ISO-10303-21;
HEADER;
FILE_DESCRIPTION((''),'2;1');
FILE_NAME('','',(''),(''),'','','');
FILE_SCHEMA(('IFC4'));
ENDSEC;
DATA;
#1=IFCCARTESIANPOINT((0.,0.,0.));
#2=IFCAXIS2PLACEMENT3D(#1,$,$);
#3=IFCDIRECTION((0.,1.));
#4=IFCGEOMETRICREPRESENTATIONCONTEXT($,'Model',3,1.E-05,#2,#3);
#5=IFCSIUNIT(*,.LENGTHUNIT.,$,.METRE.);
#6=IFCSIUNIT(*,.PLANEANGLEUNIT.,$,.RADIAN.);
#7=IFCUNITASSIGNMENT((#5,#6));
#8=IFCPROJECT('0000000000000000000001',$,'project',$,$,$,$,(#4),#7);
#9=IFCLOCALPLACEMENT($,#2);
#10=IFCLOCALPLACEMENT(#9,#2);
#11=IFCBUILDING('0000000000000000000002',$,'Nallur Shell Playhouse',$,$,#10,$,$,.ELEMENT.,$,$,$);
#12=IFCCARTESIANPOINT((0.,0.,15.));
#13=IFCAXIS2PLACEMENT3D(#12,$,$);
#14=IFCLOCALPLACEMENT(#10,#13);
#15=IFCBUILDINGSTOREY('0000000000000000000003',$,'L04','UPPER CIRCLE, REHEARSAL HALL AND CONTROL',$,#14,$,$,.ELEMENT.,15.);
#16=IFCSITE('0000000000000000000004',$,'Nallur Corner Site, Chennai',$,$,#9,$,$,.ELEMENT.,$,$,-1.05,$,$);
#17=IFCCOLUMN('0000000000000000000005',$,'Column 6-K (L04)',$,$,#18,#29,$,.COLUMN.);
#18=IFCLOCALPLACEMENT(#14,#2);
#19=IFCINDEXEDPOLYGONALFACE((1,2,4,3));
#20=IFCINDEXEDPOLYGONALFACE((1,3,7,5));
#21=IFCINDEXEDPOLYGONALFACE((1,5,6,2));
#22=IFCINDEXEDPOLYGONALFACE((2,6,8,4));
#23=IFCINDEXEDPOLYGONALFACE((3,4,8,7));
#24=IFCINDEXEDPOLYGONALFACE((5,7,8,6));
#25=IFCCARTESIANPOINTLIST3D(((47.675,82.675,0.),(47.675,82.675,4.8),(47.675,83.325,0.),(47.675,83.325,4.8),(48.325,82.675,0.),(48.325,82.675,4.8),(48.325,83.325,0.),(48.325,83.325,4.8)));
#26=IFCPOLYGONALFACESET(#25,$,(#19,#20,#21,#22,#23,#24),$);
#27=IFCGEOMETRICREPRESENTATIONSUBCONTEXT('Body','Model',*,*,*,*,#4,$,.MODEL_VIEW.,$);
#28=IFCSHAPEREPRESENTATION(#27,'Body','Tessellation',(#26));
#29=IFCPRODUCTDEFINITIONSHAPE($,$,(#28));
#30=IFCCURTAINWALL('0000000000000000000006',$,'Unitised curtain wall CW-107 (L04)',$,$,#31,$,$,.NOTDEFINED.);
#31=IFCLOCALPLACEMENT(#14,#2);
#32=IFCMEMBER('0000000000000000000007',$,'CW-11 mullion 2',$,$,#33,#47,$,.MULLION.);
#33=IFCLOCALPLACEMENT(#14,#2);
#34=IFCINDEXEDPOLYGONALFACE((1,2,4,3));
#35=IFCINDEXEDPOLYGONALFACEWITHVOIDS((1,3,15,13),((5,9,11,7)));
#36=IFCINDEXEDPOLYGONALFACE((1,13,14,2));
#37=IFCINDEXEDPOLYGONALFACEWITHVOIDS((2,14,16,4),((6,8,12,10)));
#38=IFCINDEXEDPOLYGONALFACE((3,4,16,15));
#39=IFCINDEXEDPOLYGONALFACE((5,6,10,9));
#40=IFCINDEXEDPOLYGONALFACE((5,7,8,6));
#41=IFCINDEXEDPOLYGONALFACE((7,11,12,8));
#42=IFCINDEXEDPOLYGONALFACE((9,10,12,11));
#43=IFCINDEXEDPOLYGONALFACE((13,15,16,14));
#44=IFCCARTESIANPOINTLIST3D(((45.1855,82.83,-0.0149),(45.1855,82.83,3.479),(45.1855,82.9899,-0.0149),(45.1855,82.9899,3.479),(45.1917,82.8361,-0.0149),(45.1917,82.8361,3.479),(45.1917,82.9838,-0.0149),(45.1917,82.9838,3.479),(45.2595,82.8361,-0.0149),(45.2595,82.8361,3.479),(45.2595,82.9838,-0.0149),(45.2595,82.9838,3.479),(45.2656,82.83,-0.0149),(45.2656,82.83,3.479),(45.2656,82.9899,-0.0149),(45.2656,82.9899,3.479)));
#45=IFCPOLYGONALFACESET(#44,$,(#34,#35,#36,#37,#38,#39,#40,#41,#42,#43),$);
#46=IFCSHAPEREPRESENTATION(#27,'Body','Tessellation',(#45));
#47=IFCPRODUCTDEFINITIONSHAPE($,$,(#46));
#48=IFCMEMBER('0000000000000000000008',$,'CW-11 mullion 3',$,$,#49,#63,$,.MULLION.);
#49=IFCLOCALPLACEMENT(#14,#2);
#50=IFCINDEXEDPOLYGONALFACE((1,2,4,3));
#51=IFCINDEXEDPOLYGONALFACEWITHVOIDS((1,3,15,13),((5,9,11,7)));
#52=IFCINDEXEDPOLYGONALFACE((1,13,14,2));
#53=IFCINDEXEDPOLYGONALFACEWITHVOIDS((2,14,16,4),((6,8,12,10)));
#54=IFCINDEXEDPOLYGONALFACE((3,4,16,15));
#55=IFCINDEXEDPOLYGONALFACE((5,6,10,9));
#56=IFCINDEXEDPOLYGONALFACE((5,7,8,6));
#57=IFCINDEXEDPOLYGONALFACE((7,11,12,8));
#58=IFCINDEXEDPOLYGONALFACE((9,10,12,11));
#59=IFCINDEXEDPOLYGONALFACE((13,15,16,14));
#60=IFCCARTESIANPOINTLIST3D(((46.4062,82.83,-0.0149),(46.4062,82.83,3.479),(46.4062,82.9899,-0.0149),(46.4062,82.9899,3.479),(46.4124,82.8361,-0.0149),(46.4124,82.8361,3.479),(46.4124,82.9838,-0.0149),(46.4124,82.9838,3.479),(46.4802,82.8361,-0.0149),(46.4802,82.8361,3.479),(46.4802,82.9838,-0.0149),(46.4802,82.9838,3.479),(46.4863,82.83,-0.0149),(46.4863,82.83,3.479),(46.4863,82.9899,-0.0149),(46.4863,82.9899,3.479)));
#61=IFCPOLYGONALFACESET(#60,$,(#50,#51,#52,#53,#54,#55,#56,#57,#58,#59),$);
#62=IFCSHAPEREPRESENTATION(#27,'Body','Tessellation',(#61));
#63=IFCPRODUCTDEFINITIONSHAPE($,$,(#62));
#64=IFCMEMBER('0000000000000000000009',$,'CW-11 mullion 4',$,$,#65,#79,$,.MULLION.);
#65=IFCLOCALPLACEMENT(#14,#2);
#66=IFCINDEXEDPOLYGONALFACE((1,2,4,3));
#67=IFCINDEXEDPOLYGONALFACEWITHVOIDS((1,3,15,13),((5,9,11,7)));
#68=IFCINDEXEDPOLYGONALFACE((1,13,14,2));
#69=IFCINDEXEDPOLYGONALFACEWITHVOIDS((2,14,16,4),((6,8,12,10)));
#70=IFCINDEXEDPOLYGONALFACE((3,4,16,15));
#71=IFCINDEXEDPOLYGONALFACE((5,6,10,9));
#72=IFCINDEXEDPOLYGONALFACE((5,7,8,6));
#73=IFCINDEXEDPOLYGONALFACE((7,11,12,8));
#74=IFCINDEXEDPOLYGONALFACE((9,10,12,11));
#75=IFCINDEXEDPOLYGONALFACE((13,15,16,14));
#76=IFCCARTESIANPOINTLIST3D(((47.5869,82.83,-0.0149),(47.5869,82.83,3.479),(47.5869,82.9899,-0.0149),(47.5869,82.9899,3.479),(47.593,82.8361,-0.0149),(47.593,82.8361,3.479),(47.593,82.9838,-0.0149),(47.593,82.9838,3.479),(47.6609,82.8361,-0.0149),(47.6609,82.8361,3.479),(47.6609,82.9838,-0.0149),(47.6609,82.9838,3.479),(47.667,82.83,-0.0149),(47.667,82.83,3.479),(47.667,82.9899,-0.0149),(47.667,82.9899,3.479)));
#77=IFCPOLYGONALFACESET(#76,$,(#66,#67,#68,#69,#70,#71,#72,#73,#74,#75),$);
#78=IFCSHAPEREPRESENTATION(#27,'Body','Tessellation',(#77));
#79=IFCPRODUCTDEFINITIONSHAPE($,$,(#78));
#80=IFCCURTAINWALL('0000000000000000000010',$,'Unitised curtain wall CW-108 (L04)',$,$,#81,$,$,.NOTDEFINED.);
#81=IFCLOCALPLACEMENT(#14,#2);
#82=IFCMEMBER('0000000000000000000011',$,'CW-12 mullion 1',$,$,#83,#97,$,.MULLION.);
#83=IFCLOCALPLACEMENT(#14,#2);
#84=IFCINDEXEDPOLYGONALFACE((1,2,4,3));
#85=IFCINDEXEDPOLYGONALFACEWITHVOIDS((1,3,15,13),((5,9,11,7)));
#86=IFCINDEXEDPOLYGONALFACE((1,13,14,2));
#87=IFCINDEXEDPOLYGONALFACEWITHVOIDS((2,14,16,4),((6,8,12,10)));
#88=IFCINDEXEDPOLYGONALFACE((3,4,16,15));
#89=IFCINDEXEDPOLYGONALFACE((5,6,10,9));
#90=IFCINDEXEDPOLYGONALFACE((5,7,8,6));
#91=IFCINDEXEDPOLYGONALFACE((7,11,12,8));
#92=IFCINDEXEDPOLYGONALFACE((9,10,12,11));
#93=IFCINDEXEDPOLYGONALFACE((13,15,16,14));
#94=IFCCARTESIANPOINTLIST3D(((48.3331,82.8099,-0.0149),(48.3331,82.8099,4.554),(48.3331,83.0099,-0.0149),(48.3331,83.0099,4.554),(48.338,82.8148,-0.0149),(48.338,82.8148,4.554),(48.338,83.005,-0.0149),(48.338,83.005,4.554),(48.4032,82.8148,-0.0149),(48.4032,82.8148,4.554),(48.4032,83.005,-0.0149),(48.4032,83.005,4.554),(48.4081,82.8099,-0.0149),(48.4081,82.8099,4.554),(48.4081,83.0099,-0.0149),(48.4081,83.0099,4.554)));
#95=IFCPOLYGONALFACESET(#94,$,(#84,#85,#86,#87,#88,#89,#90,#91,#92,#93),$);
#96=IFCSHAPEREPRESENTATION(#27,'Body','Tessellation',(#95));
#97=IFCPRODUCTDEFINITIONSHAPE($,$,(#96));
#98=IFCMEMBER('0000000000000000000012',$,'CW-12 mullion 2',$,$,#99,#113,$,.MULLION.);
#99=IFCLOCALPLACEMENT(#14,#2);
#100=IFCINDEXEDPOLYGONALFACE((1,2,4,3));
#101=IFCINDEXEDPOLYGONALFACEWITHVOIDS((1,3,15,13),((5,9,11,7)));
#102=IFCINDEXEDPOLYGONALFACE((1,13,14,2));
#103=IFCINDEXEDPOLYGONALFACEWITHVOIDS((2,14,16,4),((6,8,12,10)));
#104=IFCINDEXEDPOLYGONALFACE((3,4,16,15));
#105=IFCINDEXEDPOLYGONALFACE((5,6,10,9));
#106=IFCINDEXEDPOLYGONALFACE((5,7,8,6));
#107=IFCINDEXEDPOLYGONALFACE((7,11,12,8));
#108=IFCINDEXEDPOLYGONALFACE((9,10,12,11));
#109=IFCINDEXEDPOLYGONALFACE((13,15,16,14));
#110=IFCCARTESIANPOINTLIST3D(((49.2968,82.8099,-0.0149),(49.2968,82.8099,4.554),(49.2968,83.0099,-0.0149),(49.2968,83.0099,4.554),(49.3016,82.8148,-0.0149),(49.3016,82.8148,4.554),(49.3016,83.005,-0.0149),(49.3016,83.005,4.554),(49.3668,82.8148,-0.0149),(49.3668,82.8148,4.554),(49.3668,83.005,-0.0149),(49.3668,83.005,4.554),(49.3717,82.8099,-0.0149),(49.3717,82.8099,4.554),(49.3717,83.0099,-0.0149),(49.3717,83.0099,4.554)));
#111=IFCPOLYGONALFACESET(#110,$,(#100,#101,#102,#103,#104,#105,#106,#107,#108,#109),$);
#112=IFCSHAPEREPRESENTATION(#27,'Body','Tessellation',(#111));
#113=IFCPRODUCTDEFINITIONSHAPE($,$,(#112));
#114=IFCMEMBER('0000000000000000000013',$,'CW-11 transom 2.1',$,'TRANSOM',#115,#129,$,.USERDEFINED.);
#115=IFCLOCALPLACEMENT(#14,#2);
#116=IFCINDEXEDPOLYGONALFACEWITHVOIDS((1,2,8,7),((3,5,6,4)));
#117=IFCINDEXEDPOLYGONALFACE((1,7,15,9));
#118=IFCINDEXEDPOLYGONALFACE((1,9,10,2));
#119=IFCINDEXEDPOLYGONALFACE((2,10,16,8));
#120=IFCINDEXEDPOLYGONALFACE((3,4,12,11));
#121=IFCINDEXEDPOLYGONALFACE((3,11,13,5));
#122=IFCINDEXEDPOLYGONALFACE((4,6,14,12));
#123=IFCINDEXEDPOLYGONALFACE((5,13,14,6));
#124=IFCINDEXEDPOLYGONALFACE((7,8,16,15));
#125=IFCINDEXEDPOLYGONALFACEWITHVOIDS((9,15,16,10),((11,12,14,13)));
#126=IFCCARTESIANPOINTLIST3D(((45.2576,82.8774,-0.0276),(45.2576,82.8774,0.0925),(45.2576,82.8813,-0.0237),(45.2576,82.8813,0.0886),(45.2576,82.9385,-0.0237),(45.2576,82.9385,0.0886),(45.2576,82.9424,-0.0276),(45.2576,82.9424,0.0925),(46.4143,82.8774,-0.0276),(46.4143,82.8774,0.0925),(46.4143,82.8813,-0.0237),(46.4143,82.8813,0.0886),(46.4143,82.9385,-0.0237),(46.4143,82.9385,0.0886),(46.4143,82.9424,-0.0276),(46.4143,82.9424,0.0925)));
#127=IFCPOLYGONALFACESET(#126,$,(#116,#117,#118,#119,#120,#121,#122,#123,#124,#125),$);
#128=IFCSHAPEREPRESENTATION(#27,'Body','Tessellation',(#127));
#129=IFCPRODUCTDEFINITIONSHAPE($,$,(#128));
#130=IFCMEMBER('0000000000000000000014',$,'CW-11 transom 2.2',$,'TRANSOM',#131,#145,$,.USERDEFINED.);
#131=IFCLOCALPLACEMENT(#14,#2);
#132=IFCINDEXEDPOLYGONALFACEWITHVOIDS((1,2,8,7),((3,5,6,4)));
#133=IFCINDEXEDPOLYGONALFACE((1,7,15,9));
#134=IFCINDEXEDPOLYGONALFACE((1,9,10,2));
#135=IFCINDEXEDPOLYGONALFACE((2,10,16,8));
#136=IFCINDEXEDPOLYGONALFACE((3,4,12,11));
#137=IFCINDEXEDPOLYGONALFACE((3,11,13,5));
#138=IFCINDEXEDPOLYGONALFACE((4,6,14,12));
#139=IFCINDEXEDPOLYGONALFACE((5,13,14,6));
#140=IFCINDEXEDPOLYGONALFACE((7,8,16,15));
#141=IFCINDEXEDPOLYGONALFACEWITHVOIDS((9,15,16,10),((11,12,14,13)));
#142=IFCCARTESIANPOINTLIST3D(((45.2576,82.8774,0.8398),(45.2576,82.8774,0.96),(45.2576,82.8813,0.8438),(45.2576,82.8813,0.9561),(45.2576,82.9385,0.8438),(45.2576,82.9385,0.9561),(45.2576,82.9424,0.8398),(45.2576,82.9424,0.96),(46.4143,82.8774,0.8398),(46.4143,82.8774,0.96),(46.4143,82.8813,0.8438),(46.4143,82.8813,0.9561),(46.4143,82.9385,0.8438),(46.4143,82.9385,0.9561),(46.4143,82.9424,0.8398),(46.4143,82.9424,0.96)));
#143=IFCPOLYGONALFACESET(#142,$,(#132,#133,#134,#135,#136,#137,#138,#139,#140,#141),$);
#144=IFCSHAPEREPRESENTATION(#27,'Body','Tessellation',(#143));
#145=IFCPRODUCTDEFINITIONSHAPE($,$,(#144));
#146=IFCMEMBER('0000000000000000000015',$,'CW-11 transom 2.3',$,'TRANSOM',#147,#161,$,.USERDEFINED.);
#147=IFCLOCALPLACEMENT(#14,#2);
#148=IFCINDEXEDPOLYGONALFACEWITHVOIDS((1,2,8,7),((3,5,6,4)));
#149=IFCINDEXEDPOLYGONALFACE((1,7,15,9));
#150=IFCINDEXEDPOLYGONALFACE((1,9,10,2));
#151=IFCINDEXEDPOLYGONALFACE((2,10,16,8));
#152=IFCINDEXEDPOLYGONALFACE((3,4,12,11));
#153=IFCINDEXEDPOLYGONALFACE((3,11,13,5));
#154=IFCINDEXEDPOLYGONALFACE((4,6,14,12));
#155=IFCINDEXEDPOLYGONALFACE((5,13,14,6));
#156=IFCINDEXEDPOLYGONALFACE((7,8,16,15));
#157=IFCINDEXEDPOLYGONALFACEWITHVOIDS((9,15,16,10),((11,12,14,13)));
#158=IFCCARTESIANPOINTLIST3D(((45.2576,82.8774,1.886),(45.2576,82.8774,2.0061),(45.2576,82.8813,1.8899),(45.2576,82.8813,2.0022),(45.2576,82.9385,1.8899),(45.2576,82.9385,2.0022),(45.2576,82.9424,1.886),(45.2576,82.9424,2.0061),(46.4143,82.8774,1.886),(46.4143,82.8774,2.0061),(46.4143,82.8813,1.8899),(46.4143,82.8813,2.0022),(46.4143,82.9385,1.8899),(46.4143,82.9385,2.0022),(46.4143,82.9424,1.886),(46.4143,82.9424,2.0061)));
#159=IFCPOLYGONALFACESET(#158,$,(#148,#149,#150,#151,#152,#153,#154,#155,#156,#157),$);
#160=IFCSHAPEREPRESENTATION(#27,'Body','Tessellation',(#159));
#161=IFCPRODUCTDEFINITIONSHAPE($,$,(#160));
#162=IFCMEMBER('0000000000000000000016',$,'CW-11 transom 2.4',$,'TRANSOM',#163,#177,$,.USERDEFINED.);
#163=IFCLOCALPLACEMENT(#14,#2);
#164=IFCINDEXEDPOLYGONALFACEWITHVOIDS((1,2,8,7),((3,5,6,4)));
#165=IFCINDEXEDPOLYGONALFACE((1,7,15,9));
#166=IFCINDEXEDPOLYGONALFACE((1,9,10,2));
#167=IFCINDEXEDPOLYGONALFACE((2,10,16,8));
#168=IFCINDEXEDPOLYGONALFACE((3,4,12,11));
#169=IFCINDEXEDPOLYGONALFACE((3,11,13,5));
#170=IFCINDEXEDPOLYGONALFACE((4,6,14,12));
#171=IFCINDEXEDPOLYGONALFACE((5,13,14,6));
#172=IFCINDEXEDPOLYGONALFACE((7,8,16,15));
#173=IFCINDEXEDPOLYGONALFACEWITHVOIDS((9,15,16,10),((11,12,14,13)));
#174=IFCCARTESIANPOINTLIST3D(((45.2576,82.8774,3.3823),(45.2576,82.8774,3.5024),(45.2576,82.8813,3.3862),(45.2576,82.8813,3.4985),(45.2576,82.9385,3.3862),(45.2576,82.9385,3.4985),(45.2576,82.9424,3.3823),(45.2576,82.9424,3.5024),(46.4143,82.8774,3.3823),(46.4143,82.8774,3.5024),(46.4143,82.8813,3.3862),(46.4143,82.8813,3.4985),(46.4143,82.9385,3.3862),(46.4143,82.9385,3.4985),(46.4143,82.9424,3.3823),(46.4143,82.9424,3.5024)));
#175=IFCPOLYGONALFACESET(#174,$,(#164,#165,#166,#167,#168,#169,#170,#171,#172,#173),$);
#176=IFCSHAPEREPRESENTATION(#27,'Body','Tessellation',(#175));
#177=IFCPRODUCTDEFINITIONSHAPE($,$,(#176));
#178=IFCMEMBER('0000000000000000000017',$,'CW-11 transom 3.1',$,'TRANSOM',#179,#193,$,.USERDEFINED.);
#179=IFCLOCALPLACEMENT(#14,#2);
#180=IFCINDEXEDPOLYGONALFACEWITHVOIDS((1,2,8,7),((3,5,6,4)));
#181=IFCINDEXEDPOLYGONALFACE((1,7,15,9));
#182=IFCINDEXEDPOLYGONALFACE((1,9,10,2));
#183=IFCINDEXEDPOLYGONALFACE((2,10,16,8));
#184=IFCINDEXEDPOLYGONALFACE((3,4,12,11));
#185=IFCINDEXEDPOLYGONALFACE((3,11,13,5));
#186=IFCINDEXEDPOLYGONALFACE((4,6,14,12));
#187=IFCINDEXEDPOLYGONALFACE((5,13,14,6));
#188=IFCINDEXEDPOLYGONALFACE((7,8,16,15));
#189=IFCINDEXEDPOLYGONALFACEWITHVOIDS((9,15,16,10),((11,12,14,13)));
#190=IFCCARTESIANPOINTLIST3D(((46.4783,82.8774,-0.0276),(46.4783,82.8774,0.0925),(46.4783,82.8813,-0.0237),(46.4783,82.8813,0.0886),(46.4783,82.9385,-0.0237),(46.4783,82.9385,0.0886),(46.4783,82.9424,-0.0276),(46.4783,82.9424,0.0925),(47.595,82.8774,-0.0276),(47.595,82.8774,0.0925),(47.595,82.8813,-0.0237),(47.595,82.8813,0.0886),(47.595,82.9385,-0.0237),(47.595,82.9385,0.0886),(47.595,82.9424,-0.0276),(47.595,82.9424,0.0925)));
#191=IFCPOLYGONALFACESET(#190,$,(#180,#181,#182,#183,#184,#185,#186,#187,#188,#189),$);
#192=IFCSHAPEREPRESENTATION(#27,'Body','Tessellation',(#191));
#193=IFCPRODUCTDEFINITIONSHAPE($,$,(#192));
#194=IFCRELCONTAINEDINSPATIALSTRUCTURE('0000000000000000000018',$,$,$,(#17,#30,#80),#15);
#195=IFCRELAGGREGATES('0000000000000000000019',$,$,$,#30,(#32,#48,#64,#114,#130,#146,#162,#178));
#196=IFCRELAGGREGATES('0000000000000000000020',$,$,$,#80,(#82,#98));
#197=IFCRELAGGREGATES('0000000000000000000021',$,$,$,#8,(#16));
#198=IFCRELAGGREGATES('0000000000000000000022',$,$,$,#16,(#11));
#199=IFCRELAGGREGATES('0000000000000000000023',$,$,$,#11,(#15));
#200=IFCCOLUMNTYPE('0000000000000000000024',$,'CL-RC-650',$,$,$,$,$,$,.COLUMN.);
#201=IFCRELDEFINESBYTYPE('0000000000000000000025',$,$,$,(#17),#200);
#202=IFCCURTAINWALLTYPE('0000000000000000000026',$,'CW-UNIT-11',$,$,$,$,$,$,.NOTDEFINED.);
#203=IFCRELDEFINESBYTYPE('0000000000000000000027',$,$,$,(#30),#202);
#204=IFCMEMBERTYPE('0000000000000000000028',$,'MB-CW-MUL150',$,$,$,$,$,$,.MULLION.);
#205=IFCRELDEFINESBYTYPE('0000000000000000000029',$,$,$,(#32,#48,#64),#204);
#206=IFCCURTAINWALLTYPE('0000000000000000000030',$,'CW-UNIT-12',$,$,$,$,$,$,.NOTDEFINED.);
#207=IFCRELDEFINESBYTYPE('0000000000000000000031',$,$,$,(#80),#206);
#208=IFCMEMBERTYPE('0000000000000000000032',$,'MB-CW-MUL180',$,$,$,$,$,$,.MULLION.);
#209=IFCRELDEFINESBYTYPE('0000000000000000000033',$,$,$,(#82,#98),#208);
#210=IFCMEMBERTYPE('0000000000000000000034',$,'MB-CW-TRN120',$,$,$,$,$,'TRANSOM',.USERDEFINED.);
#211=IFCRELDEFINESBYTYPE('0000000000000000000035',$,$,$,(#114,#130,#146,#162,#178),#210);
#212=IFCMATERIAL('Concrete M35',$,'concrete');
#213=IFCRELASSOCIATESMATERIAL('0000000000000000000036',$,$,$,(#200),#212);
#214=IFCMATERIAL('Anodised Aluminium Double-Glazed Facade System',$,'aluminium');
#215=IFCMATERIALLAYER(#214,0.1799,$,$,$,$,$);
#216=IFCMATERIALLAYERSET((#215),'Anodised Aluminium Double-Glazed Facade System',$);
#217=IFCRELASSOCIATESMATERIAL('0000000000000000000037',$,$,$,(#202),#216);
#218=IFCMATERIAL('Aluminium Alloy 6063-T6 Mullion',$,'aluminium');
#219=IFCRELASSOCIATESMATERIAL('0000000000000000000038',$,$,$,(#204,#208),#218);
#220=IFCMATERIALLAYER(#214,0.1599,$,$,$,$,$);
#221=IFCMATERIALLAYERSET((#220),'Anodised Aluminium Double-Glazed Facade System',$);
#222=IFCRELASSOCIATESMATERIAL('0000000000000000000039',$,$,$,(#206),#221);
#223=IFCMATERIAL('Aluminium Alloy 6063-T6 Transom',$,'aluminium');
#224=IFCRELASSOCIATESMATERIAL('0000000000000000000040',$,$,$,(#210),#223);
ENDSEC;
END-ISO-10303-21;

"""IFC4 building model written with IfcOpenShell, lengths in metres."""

from ifc_helpers import new_model, si_unit, direction, frame, origin, origin_2d, place, context, subcontext, project, spatial, rectangle, hollow_rectangle, extrude, material, layer, layer_set, material_profile, profile_set, type_object, element, aggregate, save


model = new_model("IFC4")

# Units and contexts
model_context = context("Model", 3, precision=1e-05, world=origin(), true_north=direction((0.0, 1.0)))
body_context = subcontext(model_context, "Body", "Model", "MODEL_VIEW")
ifc_project = project(units=[si_unit("LENGTHUNIT", "METRE"), si_unit("PLANEANGLEUNIT", "RADIAN")], contexts=[model_context])

# Site, building, storey
site_placement = place(None, origin())
site = spatial("IfcSite", under=ifc_project, at=site_placement, Name="Nallur Corner Site, Chennai", CompositionType="ELEMENT", RefElevation=-1.05)
building_placement = place(site_placement, origin())
building = spatial("IfcBuilding", under=site, at=building_placement, Name="Nallur Shell Playhouse", CompositionType="ELEMENT")
storey_placement = place(building_placement, frame((0.0, 0.0, 15.0)))
storey = spatial("IfcBuildingStorey", under=building, at=storey_placement, Name="L04", Description="UPPER CIRCLE, REHEARSAL HALL AND CONTROL", CompositionType="ELEMENT", Elevation=15.0)

# Column
ifc_material_1 = material(Name="Concrete M35", Category="concrete")
ifc_material_profile_1 = material_profile(ifc_material_1, rectangle(XDim=0.6499, YDim=0.6499, at=origin_2d()), Name="RC 650x650")
ifc_profile_set_1 = profile_set([ifc_material_profile_1], Name="Concrete M35")
column_type = type_object("IfcColumnType", Name="CL-RC-650", PredefinedType="COLUMN", material=ifc_profile_set_1)
column_placement = place(storey_placement, frame((48.0, 83.0, 0.0), z_axis=(0.0, 0.0, 1.0), x_axis=(1.0, 0.0, 0.0)))
element("IfcColumn", 1, at=column_placement, inside=storey, type_object=column_type, Name="Column 6-K (L04)", PredefinedType="COLUMN", context=body_context, shape_type="SweptSolid", body=[
    extrude(rectangle(XDim=0.6499, YDim=0.6499, at=origin_2d()), origin(), (0.0, 0.0, 1.0), 4.8),
])

# Curtain walls, members
ifc_material_2 = material(Name="Anodised Aluminium Double-Glazed Facade System", Category="aluminium")
ifc_layer_1 = layer(ifc_material_2, 0.1799)
ifc_layer_set_1 = layer_set([ifc_layer_1], Name="Anodised Aluminium Double-Glazed Facade System")
curtain_wall_type_1 = type_object("IfcCurtainWallType", Name="CW-UNIT-11", PredefinedType="NOTDEFINED", material=ifc_layer_set_1)
curtain_wall_1_placement = place(storey_placement, origin())
curtain_wall_1 = element("IfcCurtainWall", 2, at=curtain_wall_1_placement, inside=storey, type_object=curtain_wall_type_1, Name="Unitised curtain wall CW-107 (L04)", PredefinedType="NOTDEFINED")
ifc_material_3 = material(Name="Aluminium Alloy 6063-T6 Mullion", Category="aluminium")
ifc_material_profile_2 = material_profile(ifc_material_3, hollow_rectangle(XDim=0.0801, YDim=0.1599, WallThickness=0.0061, at=origin_2d()), Name="RHS 160x80x6")
ifc_profile_set_2 = profile_set([ifc_material_profile_2], Name="Aluminium Alloy 6063-T6 Mullion")
member_type_1 = type_object("IfcMemberType", Name="MB-CW-MUL150", PredefinedType="MULLION", material=ifc_profile_set_2)
member_1_placement = place(storey_placement, frame((45.2256, 82.9099, -0.0149), z_axis=(0.0, 0.0, 1.0), x_axis=(1.0, 0.0, 0.0)))
member_1 = element("IfcMember", 3, at=member_1_placement, type_object=member_type_1, Name="CW-11 mullion 2", PredefinedType="MULLION", context=body_context, shape_type="SweptSolid", body=[
    extrude(hollow_rectangle(XDim=0.0801, YDim=0.1599, WallThickness=0.0061, at=origin_2d()), origin(), (0.0, 0.0, 1.0), 3.4939),
])
member_2_placement = place(storey_placement, frame((46.4463, 82.9099, -0.0149), z_axis=(0.0, 0.0, 1.0), x_axis=(1.0, 0.0, 0.0)))
member_2 = element("IfcMember", 4, at=member_2_placement, type_object=member_type_1, Name="CW-11 mullion 3", PredefinedType="MULLION", context=body_context, shape_type="SweptSolid", body=[
    extrude(hollow_rectangle(XDim=0.0801, YDim=0.1599, WallThickness=0.0061, at=origin_2d()), origin(), (0.0, 0.0, 1.0), 3.4939),
])
member_3_placement = place(storey_placement, frame((47.627, 82.9099, -0.0149), z_axis=(0.0, 0.0, 1.0), x_axis=(1.0, 0.0, 0.0)))
member_3 = element("IfcMember", 5, at=member_3_placement, type_object=member_type_1, Name="CW-11 mullion 4", PredefinedType="MULLION", context=body_context, shape_type="SweptSolid", body=[
    extrude(hollow_rectangle(XDim=0.0801, YDim=0.1599, WallThickness=0.0061, at=origin_2d()), origin(), (0.0, 0.0, 1.0), 3.4939),
])
ifc_layer_2 = layer(ifc_material_2, 0.1599)
ifc_layer_set_2 = layer_set([ifc_layer_2], Name="Anodised Aluminium Double-Glazed Facade System")
curtain_wall_type_2 = type_object("IfcCurtainWallType", Name="CW-UNIT-12", PredefinedType="NOTDEFINED", material=ifc_layer_set_2)
curtain_wall_2_placement = place(storey_placement, origin())
curtain_wall_2 = element("IfcCurtainWall", 6, at=curtain_wall_2_placement, inside=storey, type_object=curtain_wall_type_2, Name="Unitised curtain wall CW-108 (L04)", PredefinedType="NOTDEFINED")
ifc_material_profile_3 = material_profile(ifc_material_3, hollow_rectangle(XDim=0.075, YDim=0.2, WallThickness=0.0049, at=origin_2d()), Name="ALU 75x200x5")
ifc_profile_set_3 = profile_set([ifc_material_profile_3], Name="Aluminium Alloy 6063-T6 Mullion")
member_type_2 = type_object("IfcMemberType", Name="MB-CW-MUL180", PredefinedType="MULLION", material=ifc_profile_set_3)
member_4_placement = place(storey_placement, frame((48.3706, 82.9099, -0.0149), z_axis=(0.0, 0.0, 1.0), x_axis=(1.0, 0.0, 0.0)))
member_4 = element("IfcMember", 7, at=member_4_placement, type_object=member_type_2, Name="CW-12 mullion 1", PredefinedType="MULLION", context=body_context, shape_type="SweptSolid", body=[
    extrude(hollow_rectangle(XDim=0.075, YDim=0.2, WallThickness=0.0049, at=origin_2d()), origin(), (0.0, 0.0, 1.0), 4.5688),
])
member_5_placement = place(storey_placement, frame((49.3342, 82.9099, -0.0149), z_axis=(0.0, 0.0, 1.0), x_axis=(1.0, 0.0, 0.0)))
member_5 = element("IfcMember", 8, at=member_5_placement, type_object=member_type_2, Name="CW-12 mullion 2", PredefinedType="MULLION", context=body_context, shape_type="SweptSolid", body=[
    extrude(hollow_rectangle(XDim=0.075, YDim=0.2, WallThickness=0.0049, at=origin_2d()), origin(), (0.0, 0.0, 1.0), 4.5688),
])

# Members
ifc_material_4 = material(Name="Aluminium Alloy 6063-T6 Transom", Category="aluminium")
ifc_material_profile_4 = material_profile(ifc_material_4, hollow_rectangle(XDim=0.0649, YDim=0.1201, WallThickness=0.0039, at=origin_2d()), Name="ALU 65x120x4")
ifc_profile_set_4 = profile_set([ifc_material_profile_4], Name="Aluminium Alloy 6063-T6 Transom")
member_type_3 = type_object("IfcMemberType", Name="MB-CW-TRN120", ElementType="TRANSOM", PredefinedType="USERDEFINED", material=ifc_profile_set_4)
member_6_placement = place(storey_placement, frame((45.2576, 82.9099, 0.0325), z_axis=(1.0, 0.0, 0.0), x_axis=(0.0, 1.0, 0.0)))
member_6 = element("IfcMember", 9, at=member_6_placement, type_object=member_type_3, Name="CW-11 transom 2.1", ObjectType="TRANSOM", PredefinedType="USERDEFINED", context=body_context, shape_type="SweptSolid", body=[
    extrude(hollow_rectangle(XDim=0.0649, YDim=0.1201, WallThickness=0.0039, at=origin_2d()), origin(), (0.0, 0.0, 1.0), 1.1567),
])
member_7_placement = place(storey_placement, frame((45.2576, 82.9099, 0.8999), z_axis=(1.0, 0.0, 0.0), x_axis=(0.0, 1.0, 0.0)))
member_7 = element("IfcMember", 10, at=member_7_placement, type_object=member_type_3, Name="CW-11 transom 2.2", ObjectType="TRANSOM", PredefinedType="USERDEFINED", context=body_context, shape_type="SweptSolid", body=[
    extrude(hollow_rectangle(XDim=0.0649, YDim=0.1201, WallThickness=0.0039, at=origin_2d()), origin(), (0.0, 0.0, 1.0), 1.1567),
])
member_8_placement = place(storey_placement, frame((45.2576, 82.9099, 1.946), z_axis=(1.0, 0.0, 0.0), x_axis=(0.0, 1.0, 0.0)))
member_8 = element("IfcMember", 11, at=member_8_placement, type_object=member_type_3, Name="CW-11 transom 2.3", ObjectType="TRANSOM", PredefinedType="USERDEFINED", context=body_context, shape_type="SweptSolid", body=[
    extrude(hollow_rectangle(XDim=0.0649, YDim=0.1201, WallThickness=0.0039, at=origin_2d()), origin(), (0.0, 0.0, 1.0), 1.1567),
])
member_9_placement = place(storey_placement, frame((45.2576, 82.9099, 3.4424), z_axis=(1.0, 0.0, 0.0), x_axis=(0.0, 1.0, 0.0)))
member_9 = element("IfcMember", 12, at=member_9_placement, type_object=member_type_3, Name="CW-11 transom 2.4", ObjectType="TRANSOM", PredefinedType="USERDEFINED", context=body_context, shape_type="SweptSolid", body=[
    extrude(hollow_rectangle(XDim=0.0649, YDim=0.1201, WallThickness=0.0039, at=origin_2d()), origin(), (0.0, 0.0, 1.0), 1.1567),
])
member_10_placement = place(storey_placement, frame((46.4783, 82.9099, 0.0325), z_axis=(1.0, 0.0, 0.0), x_axis=(0.0, 1.0, 0.0)))
member_10 = element("IfcMember", 13, at=member_10_placement, type_object=member_type_3, Name="CW-11 transom 3.1", ObjectType="TRANSOM", PredefinedType="USERDEFINED", context=body_context, shape_type="SweptSolid", body=[
    extrude(hollow_rectangle(XDim=0.0649, YDim=0.1201, WallThickness=0.0039, at=origin_2d()), origin(), (0.0, 0.0, 1.0), 1.1167),
])

aggregate(curtain_wall_1, [member_1, member_2, member_3, member_6, member_7, member_8, member_9, member_10])
aggregate(curtain_wall_2, [member_4, member_5])

save(model, "model.ifc")
